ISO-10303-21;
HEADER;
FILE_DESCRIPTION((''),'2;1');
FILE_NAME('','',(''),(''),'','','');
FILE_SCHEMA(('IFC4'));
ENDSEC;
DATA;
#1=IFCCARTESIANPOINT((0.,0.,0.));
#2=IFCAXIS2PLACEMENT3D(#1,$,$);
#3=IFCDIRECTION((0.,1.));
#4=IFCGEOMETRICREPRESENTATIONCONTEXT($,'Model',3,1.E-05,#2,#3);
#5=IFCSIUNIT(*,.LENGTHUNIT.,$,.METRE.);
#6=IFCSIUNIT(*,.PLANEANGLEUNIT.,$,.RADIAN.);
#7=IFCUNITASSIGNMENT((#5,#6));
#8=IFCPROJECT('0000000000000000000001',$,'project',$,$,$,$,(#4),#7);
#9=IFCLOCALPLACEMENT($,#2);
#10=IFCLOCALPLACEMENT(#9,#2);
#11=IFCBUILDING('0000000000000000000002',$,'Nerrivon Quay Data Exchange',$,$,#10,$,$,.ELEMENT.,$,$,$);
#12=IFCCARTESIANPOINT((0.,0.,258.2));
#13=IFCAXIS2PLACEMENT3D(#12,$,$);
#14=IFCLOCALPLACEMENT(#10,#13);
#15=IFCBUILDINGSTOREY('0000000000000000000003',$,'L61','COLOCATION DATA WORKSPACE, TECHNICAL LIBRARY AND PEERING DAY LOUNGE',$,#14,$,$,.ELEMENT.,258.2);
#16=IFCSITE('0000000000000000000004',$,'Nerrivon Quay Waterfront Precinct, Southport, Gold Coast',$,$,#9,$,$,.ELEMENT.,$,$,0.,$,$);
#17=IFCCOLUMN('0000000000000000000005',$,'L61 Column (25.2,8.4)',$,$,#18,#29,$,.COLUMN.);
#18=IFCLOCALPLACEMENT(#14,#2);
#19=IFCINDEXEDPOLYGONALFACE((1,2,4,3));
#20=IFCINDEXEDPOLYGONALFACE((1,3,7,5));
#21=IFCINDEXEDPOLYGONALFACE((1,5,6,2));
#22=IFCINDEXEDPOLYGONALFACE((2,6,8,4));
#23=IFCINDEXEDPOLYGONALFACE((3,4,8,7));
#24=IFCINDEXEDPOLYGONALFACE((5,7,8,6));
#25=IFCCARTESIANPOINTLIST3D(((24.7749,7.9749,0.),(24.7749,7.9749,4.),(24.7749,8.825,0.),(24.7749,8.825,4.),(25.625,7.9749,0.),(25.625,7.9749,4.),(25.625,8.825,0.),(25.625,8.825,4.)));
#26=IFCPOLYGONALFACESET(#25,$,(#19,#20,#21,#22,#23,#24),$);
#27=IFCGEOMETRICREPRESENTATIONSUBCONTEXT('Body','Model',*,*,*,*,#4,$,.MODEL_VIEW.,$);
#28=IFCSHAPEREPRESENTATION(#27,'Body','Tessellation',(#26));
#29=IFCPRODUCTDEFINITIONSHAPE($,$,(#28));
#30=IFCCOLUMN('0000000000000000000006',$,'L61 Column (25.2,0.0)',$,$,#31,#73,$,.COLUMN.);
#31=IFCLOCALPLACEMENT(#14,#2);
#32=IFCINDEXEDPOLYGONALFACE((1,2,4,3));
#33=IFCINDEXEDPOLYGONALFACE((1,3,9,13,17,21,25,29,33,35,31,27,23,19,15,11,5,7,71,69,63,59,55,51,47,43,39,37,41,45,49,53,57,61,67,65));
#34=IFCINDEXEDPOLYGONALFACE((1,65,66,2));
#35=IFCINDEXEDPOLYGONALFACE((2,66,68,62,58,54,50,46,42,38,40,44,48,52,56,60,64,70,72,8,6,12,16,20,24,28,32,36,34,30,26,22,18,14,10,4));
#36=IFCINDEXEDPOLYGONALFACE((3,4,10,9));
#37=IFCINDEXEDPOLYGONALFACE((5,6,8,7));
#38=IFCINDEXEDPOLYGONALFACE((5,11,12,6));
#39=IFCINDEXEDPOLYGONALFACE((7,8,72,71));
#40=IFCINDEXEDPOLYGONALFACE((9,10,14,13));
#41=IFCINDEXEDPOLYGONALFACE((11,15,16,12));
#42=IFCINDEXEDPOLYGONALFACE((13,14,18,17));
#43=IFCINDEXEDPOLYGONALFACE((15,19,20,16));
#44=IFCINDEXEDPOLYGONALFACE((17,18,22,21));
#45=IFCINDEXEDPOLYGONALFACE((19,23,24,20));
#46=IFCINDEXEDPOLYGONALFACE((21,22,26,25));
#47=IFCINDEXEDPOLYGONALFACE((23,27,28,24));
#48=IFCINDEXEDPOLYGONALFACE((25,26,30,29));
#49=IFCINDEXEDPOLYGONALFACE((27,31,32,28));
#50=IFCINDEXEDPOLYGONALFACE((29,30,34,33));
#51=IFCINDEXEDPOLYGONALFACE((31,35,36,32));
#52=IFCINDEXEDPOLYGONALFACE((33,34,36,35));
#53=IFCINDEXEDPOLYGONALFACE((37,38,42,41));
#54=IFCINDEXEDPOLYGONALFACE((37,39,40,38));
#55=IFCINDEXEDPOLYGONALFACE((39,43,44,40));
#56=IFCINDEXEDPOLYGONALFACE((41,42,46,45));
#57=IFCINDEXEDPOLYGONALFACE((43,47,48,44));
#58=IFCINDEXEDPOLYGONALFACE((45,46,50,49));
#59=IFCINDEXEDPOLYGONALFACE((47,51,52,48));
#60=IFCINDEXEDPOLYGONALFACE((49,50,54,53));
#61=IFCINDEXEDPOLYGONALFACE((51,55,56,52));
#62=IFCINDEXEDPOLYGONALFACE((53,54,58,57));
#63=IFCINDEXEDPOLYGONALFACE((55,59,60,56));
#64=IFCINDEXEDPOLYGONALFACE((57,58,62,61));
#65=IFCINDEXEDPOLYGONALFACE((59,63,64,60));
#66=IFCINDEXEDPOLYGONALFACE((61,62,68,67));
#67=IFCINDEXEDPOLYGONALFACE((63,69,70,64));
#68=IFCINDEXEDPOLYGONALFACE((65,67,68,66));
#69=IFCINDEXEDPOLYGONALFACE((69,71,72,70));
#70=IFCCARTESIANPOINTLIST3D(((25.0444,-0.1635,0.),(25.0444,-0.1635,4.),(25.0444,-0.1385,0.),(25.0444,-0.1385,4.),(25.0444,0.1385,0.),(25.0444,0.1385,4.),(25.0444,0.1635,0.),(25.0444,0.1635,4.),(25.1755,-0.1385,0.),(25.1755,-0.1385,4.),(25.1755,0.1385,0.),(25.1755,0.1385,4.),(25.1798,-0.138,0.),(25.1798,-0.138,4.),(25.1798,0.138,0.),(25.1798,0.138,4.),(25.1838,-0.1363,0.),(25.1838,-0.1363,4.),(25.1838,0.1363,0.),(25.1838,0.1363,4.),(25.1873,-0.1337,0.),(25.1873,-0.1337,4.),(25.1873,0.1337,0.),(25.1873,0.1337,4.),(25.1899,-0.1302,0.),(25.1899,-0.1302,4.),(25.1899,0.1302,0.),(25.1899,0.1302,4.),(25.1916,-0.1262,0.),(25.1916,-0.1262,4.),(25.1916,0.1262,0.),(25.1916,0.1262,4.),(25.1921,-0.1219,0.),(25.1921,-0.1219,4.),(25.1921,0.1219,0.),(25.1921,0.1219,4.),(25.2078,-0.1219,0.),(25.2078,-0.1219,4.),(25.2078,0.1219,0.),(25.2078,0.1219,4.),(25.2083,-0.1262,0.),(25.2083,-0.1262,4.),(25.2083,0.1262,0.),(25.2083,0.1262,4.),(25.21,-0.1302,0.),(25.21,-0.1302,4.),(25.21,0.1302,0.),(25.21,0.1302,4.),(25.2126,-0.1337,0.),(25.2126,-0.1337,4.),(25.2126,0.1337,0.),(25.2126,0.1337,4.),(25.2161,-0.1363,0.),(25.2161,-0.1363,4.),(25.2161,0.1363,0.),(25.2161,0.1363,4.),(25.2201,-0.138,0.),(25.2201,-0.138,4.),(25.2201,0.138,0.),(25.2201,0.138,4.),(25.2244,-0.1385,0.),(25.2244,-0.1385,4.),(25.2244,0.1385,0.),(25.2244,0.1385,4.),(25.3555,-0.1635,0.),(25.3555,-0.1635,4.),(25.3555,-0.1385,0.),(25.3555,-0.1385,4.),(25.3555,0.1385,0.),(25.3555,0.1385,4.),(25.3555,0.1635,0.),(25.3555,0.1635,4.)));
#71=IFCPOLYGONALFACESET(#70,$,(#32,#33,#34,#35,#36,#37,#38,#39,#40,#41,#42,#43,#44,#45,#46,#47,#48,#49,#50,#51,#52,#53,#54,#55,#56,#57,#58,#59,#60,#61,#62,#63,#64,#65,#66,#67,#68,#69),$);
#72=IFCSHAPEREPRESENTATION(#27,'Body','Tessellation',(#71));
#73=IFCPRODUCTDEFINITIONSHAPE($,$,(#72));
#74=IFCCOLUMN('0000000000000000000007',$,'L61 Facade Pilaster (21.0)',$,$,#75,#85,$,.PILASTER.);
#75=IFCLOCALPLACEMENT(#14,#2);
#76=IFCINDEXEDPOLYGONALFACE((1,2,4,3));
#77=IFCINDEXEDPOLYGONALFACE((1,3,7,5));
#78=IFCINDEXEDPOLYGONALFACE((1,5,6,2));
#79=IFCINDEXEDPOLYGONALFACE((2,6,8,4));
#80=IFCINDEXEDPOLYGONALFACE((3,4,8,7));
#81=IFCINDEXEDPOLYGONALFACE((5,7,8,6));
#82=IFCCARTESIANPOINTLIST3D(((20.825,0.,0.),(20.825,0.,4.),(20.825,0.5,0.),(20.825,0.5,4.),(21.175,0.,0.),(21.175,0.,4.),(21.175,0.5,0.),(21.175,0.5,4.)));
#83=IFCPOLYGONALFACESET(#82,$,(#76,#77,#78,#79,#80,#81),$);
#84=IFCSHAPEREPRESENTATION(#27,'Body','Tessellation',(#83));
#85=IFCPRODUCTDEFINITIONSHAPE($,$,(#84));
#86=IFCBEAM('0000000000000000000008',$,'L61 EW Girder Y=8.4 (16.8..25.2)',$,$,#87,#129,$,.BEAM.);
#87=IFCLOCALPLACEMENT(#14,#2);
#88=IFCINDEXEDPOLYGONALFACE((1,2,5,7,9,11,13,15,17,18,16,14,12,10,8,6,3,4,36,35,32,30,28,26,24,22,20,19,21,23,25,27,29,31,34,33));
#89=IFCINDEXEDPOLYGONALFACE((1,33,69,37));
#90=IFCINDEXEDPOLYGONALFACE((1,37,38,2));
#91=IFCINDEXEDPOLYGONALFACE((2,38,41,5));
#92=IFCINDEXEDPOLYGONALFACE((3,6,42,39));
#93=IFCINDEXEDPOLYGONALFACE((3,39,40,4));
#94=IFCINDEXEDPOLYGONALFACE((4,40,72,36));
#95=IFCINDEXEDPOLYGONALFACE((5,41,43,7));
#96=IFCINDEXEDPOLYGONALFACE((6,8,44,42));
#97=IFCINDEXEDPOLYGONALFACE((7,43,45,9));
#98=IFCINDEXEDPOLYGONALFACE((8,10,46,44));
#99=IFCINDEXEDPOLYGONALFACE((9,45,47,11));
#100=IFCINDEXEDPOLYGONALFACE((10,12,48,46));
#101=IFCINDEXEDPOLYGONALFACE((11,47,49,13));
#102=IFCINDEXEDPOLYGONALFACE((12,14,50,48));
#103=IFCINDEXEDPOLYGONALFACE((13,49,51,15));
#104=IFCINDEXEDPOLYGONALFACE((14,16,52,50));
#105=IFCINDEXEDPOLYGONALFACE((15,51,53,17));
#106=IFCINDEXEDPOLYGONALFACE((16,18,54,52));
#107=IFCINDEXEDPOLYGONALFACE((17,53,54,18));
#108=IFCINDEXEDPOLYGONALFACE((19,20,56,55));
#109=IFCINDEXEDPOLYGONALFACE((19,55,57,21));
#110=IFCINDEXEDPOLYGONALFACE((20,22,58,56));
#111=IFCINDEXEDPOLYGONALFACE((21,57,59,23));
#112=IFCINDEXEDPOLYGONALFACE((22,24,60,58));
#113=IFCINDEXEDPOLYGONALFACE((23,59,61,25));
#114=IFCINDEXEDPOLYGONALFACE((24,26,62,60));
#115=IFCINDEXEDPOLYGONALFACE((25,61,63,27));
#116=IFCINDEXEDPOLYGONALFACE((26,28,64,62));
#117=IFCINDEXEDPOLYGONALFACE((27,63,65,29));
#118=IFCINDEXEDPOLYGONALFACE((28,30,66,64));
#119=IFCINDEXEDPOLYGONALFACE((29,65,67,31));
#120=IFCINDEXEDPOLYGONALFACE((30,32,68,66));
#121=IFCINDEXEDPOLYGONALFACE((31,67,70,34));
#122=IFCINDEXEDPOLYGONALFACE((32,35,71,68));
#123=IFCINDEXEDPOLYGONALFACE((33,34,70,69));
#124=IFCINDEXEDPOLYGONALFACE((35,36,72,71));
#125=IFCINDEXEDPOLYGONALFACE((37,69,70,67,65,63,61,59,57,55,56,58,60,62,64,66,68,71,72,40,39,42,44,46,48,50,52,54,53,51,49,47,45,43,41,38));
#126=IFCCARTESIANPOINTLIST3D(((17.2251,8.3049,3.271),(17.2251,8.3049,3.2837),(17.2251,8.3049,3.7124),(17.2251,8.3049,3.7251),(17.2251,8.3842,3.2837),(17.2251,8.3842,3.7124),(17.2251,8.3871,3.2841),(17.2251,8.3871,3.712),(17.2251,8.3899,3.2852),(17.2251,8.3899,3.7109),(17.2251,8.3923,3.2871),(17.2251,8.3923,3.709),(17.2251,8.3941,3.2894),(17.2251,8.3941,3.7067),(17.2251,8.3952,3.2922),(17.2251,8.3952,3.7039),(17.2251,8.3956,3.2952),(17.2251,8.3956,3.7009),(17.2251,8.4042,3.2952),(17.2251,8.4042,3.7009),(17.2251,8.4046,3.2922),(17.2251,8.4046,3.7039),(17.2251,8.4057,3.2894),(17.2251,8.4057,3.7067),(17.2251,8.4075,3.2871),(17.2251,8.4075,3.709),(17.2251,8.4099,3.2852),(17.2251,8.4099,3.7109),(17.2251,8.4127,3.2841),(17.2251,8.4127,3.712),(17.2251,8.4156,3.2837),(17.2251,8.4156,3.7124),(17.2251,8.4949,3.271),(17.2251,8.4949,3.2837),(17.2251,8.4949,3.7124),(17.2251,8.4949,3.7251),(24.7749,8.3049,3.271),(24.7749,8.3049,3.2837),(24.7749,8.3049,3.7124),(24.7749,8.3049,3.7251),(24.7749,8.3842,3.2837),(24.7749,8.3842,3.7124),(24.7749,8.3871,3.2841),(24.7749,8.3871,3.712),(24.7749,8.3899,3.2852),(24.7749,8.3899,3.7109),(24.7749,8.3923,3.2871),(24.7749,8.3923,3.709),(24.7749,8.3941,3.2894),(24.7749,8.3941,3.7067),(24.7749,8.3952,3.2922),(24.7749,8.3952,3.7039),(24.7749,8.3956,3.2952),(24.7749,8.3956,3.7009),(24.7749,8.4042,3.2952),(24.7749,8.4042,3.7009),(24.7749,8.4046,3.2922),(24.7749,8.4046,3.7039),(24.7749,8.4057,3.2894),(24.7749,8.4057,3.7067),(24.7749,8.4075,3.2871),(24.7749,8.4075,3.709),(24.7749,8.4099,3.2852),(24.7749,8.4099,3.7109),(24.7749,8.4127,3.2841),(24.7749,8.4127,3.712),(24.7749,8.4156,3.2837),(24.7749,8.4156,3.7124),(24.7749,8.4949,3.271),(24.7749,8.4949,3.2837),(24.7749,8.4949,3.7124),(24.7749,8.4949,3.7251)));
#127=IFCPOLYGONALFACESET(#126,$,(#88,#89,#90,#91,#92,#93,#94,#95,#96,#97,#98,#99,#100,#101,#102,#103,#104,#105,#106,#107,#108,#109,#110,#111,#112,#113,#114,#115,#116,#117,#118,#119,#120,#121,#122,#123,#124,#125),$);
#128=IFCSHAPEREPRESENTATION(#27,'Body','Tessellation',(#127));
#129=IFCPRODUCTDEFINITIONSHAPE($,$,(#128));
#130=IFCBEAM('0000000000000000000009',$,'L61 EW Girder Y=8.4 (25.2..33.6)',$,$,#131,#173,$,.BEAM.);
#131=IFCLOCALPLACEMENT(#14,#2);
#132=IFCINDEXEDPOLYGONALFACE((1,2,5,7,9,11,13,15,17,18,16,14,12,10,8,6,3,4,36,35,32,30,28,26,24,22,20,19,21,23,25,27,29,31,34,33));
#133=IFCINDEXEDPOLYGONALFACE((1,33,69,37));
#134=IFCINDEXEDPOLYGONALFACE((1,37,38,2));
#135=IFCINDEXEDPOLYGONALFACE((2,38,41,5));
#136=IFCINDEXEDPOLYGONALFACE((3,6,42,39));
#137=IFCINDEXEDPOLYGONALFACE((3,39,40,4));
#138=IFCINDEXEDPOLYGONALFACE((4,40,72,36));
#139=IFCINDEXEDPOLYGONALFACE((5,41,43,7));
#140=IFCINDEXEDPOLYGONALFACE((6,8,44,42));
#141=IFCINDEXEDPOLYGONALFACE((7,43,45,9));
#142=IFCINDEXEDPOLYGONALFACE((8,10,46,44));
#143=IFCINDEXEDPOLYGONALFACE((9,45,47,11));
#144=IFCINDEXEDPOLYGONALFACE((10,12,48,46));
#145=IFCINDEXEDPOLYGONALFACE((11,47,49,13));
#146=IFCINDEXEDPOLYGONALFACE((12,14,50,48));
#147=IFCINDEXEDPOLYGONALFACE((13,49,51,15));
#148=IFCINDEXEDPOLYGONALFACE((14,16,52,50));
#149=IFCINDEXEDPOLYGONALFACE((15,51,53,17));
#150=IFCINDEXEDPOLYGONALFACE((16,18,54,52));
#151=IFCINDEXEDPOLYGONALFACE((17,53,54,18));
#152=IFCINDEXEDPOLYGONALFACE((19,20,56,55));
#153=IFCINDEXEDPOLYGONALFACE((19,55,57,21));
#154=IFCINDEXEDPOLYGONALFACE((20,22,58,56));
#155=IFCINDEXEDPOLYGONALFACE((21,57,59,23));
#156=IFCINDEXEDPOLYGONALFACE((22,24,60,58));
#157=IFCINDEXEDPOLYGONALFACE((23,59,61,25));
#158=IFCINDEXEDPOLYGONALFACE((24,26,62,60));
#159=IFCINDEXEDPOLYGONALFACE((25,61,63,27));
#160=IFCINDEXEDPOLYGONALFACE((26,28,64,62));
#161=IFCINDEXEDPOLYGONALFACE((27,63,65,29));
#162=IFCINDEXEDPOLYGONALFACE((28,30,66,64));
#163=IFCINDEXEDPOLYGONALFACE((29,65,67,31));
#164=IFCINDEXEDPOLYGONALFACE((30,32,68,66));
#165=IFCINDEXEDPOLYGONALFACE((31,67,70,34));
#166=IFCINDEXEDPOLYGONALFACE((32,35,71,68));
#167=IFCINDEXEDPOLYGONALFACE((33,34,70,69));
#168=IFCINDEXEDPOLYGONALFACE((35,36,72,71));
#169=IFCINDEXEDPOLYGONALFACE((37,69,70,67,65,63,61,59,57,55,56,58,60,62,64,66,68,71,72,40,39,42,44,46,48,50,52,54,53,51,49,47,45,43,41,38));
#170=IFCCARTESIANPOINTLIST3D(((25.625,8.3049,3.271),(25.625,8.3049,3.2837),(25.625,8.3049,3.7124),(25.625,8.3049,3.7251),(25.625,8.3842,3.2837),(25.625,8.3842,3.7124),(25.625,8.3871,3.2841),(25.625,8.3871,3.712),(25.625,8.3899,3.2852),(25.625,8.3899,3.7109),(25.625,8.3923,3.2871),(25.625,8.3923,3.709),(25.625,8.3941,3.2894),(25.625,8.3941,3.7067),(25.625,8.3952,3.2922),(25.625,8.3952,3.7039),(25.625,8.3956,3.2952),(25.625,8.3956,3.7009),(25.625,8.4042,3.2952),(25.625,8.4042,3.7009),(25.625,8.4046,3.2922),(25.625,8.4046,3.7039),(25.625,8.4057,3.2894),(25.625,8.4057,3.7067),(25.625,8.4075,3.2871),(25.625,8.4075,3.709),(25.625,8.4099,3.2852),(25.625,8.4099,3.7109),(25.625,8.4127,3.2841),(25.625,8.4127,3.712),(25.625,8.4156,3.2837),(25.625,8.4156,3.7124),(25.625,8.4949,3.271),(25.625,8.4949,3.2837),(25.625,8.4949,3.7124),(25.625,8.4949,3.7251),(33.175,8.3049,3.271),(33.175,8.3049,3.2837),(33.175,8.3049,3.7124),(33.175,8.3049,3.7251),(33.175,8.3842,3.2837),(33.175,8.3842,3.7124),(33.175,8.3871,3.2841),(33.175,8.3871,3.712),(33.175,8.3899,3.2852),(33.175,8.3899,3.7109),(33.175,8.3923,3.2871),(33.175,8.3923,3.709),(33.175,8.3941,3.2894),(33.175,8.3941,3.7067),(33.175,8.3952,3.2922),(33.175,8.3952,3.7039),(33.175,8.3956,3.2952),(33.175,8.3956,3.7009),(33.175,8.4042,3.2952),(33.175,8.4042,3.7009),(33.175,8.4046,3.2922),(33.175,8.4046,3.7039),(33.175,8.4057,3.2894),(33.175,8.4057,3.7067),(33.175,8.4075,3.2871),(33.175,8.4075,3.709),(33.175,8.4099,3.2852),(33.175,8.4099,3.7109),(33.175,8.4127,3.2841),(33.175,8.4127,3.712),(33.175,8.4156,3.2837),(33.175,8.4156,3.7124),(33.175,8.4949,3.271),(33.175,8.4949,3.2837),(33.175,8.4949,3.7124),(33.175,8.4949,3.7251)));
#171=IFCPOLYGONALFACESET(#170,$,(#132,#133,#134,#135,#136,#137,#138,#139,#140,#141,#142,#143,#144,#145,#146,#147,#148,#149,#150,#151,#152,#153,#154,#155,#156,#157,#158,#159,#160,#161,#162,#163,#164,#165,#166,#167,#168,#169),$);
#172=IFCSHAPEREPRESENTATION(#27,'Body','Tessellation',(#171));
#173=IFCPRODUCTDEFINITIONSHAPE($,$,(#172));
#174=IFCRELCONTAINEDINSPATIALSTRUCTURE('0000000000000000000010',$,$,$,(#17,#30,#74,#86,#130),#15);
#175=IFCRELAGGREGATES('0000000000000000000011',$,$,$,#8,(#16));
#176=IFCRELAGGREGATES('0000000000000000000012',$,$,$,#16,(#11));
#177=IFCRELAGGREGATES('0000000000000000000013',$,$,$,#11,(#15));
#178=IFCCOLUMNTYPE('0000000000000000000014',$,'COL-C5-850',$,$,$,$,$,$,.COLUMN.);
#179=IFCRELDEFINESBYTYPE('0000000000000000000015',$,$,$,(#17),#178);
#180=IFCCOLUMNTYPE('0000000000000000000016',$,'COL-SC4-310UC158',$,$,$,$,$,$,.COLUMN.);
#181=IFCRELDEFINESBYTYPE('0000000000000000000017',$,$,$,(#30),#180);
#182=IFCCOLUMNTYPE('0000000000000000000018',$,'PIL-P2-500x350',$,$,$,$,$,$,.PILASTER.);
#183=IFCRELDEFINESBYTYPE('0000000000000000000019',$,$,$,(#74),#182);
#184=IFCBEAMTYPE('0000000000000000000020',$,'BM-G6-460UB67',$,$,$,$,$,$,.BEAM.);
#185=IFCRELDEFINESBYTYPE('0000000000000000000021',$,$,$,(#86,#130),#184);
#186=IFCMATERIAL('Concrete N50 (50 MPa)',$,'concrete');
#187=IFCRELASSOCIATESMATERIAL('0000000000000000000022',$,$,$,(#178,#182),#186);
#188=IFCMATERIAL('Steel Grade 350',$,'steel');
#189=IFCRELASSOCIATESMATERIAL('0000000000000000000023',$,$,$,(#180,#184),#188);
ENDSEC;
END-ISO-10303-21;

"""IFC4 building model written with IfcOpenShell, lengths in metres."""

from ifc_helpers import new_model, si_unit, direction, frame, origin, origin_2d, place, context, subcontext, project, spatial, rectangle, i_section, extrude, material, material_profile, profile_set, type_object, element, save


model = new_model("IFC4")

# Units and contexts
model_context = context("Model", 3, precision=1e-05, world=origin(), true_north=direction((0.0, 1.0)))
body_context = subcontext(model_context, "Body", "Model", "MODEL_VIEW")
ifc_project = project(units=[si_unit("LENGTHUNIT", "METRE"), si_unit("PLANEANGLEUNIT", "RADIAN")], contexts=[model_context])

# Site, building, storey
site_placement = place(None, origin())
site = spatial("IfcSite", under=ifc_project, at=site_placement, Name="Nerrivon Quay Waterfront Precinct, Southport, Gold Coast", CompositionType="ELEMENT", RefElevation=0.0)
building_placement = place(site_placement, origin())
building = spatial("IfcBuilding", under=site, at=building_placement, Name="Nerrivon Quay Data Exchange", CompositionType="ELEMENT")
storey_placement = place(building_placement, frame((0.0, 0.0, 258.2)))
storey = spatial("IfcBuildingStorey", under=building, at=storey_placement, Name="L61", Description="COLOCATION DATA WORKSPACE, TECHNICAL LIBRARY AND PEERING DAY LOUNGE", CompositionType="ELEMENT", Elevation=258.2)

# Columns
ifc_material_1 = material(Name="Concrete N50 (50 MPa)", Category="concrete")
ifc_material_profile_1 = material_profile(ifc_material_1, rectangle(XDim=0.8501, YDim=0.8501, at=origin_2d()), Name="RC-COL-850x850")
ifc_profile_set_1 = profile_set([ifc_material_profile_1], Name="Concrete N50 (50 MPa)")
column_type_1 = type_object("IfcColumnType", Name="COL-C5-850", PredefinedType="COLUMN", material=ifc_profile_set_1)
column_1_placement = place(storey_placement, frame((25.2, 8.3999, 0.0), z_axis=(0.0, 0.0, 1.0), x_axis=(1.0, 0.0, 0.0)))
element("IfcColumn", 1, at=column_1_placement, inside=storey, type_object=column_type_1, Name="L61 Column (25.2,8.4)", PredefinedType="COLUMN", context=body_context, shape_type="SweptSolid", body=[
    extrude(rectangle(XDim=0.8501, YDim=0.8501, at=origin_2d()), origin(), (0.0, 0.0, 1.0), 4.0),
])
ifc_material_2 = material(Name="Steel Grade 350", Category="steel")
ifc_material_profile_2 = material_profile(ifc_material_2, i_section(OverallWidth=0.311, OverallDepth=0.3269, WebThickness=0.0156, FlangeThickness=0.0249, FilletRadius=0.0166, at=origin_2d()), Name="310UC158")
ifc_profile_set_2 = profile_set([ifc_material_profile_2], Name="Steel Grade 350")
column_type_2 = type_object("IfcColumnType", Name="COL-SC4-310UC158", PredefinedType="COLUMN", material=ifc_profile_set_2)
column_2_placement = place(storey_placement, frame((25.2, 0.0, 0.0), z_axis=(0.0, 0.0, 1.0), x_axis=(1.0, 0.0, 0.0)))
element("IfcColumn", 2, at=column_2_placement, inside=storey, type_object=column_type_2, Name="L61 Column (25.2,0.0)", PredefinedType="COLUMN", context=body_context, shape_type="SweptSolid", body=[
    extrude(i_section(OverallWidth=0.311, OverallDepth=0.3269, WebThickness=0.0156, FlangeThickness=0.0249, FilletRadius=0.0166, at=origin_2d()), origin(), (0.0, 0.0, 1.0), 4.0),
])
ifc_material_profile_3 = material_profile(ifc_material_1, rectangle(XDim=0.3501, YDim=0.5, at=origin_2d()), Name="RC-PIL-500x350")
ifc_profile_set_3 = profile_set([ifc_material_profile_3], Name="Concrete N50 (50 MPa)")
column_type_3 = type_object("IfcColumnType", Name="PIL-P2-500x350", PredefinedType="PILASTER", material=ifc_profile_set_3)
column_3_placement = place(storey_placement, frame((21.0, 0.25, 0.0), z_axis=(0.0, 0.0, 1.0), x_axis=(1.0, 0.0, 0.0)))
element("IfcColumn", 3, at=column_3_placement, inside=storey, type_object=column_type_3, Name="L61 Facade Pilaster (21.0)", PredefinedType="PILASTER", context=body_context, shape_type="SweptSolid", body=[
    extrude(rectangle(XDim=0.3501, YDim=0.5, at=origin_2d()), origin(), (0.0, 0.0, 1.0), 4.0),
])

# Beams
ifc_material_profile_4 = material_profile(ifc_material_2, i_section(OverallWidth=0.1899, OverallDepth=0.4541, WebThickness=0.0085, FlangeThickness=0.0127, FilletRadius=0.0115, at=origin_2d()), Name="460UB67.1")
ifc_profile_set_4 = profile_set([ifc_material_profile_4], Name="Steel Grade 350")
beam_type_1 = type_object("IfcBeamType", Name="BM-G6-460UB67", PredefinedType="BEAM", material=ifc_profile_set_4)
beam_1_placement = place(storey_placement, frame((17.2251, 8.3999, 3.498), z_axis=(1.0, 0.0, 0.0), x_axis=(0.0, 1.0, 0.0)))
element("IfcBeam", 4, at=beam_1_placement, inside=storey, type_object=beam_type_1, Name="L61 EW Girder Y=8.4 (16.8..25.2)", PredefinedType="BEAM", context=body_context, shape_type="SweptSolid", body=[
    extrude(i_section(OverallWidth=0.1899, OverallDepth=0.4541, WebThickness=0.0085, FlangeThickness=0.0127, FilletRadius=0.0115, at=origin_2d()), origin(), (0.0, 0.0, 1.0), 7.5498),
])
beam_2_placement = place(storey_placement, frame((25.625, 8.3999, 3.498), z_axis=(1.0, 0.0, 0.0), x_axis=(0.0, 1.0, 0.0)))
element("IfcBeam", 5, at=beam_2_placement, inside=storey, type_object=beam_type_1, Name="L61 EW Girder Y=8.4 (25.2..33.6)", PredefinedType="BEAM", context=body_context, shape_type="SweptSolid", body=[
    extrude(i_section(OverallWidth=0.1899, OverallDepth=0.4541, WebThickness=0.0085, FlangeThickness=0.0127, FilletRadius=0.0115, at=origin_2d()), origin(), (0.0, 0.0, 1.0), 7.55),
])

save(model, "model.ifc")
